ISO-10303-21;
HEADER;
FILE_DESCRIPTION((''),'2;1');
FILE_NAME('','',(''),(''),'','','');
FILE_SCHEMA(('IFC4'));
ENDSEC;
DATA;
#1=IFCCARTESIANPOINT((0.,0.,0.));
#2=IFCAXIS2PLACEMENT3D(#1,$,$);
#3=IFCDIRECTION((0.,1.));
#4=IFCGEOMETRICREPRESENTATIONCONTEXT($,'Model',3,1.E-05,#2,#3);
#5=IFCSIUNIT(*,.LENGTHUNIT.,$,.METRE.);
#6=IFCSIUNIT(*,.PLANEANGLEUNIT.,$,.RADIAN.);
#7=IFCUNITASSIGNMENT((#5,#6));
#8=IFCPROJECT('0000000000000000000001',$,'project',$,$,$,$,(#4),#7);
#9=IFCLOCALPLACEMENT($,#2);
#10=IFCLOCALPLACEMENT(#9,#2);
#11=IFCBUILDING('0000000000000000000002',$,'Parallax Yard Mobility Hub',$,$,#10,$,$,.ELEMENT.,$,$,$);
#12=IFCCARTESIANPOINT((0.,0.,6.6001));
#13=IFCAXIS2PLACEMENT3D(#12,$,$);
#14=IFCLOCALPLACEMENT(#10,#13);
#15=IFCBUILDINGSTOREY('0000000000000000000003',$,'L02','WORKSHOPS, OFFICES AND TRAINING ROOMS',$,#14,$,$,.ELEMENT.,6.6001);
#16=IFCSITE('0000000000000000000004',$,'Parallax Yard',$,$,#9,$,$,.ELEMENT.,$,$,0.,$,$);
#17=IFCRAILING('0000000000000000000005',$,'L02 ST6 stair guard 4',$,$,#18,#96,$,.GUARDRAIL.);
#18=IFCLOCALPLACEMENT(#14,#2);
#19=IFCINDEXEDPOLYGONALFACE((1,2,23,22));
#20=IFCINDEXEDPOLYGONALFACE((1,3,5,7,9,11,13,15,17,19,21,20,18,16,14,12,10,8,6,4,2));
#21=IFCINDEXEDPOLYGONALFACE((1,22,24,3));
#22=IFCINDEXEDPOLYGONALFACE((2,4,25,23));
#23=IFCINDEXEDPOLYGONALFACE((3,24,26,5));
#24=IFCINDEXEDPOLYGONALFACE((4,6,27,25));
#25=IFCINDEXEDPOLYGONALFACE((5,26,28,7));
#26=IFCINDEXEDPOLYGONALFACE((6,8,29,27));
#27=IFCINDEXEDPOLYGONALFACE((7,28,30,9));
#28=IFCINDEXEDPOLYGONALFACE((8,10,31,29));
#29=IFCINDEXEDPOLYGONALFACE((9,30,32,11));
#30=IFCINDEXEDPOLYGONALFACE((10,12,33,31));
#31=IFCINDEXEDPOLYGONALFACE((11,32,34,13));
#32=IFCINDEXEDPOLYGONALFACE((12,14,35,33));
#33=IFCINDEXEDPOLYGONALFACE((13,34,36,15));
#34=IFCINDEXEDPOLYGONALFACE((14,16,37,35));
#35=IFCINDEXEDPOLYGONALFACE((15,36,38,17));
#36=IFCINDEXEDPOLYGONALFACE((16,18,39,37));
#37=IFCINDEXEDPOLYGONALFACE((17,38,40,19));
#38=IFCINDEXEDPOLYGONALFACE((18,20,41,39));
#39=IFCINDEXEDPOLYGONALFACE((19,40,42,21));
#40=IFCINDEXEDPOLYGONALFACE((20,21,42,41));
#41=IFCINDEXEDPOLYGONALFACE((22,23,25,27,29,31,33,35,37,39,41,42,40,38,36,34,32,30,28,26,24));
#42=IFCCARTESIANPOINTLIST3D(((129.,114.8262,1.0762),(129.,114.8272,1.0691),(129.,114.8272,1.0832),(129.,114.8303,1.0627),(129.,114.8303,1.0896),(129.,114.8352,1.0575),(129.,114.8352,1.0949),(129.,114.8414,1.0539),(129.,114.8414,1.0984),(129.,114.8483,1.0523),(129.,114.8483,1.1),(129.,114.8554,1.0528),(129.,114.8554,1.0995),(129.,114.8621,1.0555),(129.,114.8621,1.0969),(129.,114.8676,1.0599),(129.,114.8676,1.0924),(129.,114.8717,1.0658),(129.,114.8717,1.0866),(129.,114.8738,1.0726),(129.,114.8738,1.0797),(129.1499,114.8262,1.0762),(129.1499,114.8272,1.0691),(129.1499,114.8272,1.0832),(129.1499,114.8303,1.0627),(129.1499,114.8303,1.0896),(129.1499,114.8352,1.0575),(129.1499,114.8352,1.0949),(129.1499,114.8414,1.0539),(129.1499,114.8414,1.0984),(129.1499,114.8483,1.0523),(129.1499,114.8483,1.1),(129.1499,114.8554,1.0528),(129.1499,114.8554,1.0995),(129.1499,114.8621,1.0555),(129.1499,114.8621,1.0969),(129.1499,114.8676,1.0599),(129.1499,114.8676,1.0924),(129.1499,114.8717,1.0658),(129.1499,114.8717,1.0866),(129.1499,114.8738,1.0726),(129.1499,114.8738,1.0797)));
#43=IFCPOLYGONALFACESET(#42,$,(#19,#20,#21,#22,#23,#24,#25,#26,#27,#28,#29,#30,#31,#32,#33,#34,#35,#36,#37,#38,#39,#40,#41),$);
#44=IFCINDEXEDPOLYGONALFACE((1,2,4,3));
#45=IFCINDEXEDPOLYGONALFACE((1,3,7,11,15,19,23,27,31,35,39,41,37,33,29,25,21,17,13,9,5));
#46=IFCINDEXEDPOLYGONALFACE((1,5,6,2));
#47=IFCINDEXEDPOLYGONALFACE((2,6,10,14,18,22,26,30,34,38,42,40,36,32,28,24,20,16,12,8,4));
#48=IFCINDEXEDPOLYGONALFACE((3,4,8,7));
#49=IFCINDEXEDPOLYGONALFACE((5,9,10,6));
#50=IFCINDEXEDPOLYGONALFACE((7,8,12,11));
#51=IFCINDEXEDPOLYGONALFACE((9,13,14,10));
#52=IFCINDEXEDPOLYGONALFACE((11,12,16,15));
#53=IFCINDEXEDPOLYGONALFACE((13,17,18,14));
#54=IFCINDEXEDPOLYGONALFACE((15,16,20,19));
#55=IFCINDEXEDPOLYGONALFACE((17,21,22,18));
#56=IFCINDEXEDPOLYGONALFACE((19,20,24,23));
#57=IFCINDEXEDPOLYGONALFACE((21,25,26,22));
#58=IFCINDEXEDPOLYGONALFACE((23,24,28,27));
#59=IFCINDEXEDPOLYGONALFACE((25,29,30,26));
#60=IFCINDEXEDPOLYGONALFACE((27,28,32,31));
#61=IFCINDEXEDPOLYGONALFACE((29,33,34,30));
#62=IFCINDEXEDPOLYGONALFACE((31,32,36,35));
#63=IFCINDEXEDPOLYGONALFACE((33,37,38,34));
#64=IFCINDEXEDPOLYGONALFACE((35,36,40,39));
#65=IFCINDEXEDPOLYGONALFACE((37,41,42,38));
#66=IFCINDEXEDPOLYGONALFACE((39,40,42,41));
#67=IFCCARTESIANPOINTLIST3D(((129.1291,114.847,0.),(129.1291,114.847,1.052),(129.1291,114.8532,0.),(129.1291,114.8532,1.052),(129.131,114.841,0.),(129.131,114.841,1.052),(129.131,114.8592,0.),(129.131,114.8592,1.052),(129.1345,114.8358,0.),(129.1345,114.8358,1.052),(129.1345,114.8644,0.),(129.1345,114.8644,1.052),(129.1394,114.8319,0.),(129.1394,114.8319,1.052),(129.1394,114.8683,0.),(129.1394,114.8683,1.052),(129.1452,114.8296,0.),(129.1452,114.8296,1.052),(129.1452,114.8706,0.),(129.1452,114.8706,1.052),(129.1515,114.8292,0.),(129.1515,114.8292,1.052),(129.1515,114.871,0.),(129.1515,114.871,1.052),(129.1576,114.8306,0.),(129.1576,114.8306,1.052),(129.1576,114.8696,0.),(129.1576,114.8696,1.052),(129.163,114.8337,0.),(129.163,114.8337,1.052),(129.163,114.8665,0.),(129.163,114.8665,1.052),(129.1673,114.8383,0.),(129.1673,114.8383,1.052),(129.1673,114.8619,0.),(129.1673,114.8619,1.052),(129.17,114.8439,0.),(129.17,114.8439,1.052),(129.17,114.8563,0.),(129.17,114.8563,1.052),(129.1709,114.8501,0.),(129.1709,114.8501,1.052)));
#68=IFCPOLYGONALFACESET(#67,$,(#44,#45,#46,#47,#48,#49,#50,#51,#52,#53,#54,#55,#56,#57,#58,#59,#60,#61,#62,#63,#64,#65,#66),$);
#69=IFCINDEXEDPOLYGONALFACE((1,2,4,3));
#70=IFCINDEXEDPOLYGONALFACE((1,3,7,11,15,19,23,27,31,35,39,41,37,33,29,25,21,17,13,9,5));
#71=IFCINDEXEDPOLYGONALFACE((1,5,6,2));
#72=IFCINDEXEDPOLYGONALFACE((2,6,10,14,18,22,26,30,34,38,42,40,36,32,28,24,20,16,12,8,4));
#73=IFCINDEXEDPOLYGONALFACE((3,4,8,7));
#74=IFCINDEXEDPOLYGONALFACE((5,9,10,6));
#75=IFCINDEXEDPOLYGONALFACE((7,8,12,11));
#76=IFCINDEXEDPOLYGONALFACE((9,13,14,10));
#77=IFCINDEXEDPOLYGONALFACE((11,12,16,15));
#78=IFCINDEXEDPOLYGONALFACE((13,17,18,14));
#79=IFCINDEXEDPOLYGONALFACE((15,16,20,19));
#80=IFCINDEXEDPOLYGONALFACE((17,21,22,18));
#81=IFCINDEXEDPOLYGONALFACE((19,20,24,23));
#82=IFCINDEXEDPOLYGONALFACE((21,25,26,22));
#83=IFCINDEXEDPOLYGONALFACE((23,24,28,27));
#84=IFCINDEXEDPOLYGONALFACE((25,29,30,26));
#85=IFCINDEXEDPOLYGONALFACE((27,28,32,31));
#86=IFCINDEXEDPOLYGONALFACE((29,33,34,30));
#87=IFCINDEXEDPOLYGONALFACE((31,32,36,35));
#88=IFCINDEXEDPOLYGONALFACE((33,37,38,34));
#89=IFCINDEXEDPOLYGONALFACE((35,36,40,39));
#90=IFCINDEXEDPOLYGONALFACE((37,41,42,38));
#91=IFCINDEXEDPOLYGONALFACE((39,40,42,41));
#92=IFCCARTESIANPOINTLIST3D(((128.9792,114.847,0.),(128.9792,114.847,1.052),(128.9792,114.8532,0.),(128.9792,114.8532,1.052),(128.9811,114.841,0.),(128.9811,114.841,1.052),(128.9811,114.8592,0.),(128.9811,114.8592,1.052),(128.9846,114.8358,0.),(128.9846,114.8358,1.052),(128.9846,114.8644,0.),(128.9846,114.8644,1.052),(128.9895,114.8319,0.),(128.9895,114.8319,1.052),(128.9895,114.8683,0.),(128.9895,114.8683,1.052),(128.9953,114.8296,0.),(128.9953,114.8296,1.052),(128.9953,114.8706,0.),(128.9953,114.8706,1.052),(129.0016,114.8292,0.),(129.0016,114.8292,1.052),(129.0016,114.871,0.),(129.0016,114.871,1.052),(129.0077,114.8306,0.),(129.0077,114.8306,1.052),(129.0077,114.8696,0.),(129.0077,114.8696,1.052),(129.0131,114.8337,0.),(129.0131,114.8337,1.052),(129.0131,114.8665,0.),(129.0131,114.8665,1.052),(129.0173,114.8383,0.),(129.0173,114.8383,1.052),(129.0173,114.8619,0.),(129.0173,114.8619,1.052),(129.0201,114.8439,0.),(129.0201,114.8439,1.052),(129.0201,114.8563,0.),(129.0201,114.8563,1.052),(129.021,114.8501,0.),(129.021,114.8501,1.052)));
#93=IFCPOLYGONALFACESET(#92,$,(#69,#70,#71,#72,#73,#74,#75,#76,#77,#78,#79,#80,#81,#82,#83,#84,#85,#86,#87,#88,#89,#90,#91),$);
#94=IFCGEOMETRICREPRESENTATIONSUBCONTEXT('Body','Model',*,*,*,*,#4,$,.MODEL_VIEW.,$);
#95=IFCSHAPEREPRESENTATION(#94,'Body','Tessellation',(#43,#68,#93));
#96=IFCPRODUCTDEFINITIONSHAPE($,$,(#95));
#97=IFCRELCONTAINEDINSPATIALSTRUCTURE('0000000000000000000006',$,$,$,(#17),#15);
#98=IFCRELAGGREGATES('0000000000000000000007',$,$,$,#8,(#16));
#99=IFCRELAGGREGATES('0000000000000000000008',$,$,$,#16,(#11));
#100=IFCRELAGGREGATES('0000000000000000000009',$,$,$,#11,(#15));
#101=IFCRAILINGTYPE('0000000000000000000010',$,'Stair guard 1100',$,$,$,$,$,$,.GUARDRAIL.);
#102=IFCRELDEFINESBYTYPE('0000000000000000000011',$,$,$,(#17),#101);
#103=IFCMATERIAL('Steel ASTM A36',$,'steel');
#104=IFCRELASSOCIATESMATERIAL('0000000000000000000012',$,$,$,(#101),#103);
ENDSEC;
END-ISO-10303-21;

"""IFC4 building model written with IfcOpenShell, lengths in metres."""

from ifc_helpers import new_model, si_unit, direction, frame, origin, origin_2d, place, context, subcontext, project, spatial, circle, extrude, material, type_object, element, save


model = new_model("IFC4")

# Units and contexts
model_context = context("Model", 3, precision=1e-05, world=origin(), true_north=direction((0.0, 1.0)))
body_context = subcontext(model_context, "Body", "Model", "MODEL_VIEW")
ifc_project = project(units=[si_unit("LENGTHUNIT", "METRE"), si_unit("PLANEANGLEUNIT", "RADIAN")], contexts=[model_context])

# Site, building, storey
site_placement = place(None, origin())
site = spatial("IfcSite", under=ifc_project, at=site_placement, Name="Parallax Yard", CompositionType="ELEMENT", RefElevation=0.0)
building_placement = place(site_placement, origin())
building = spatial("IfcBuilding", under=site, at=building_placement, Name="Parallax Yard Mobility Hub", CompositionType="ELEMENT")
storey_placement = place(building_placement, frame((0.0, 0.0, 6.6001)))
storey = spatial("IfcBuildingStorey", under=building, at=storey_placement, Name="L02", Description="WORKSHOPS, OFFICES AND TRAINING ROOMS", CompositionType="ELEMENT", Elevation=6.6001)

# Railing
ifc_material_1 = material(Name="Steel ASTM A36", Category="steel")
railing_type_1 = type_object("IfcRailingType", Name="Stair guard 1100", PredefinedType="GUARDRAIL", material=ifc_material_1)
railing_1_placement = place(storey_placement, frame((129.1499, 114.8501, 0.0)))
element("IfcRailing", 1, at=railing_1_placement, inside=storey, type_object=railing_type_1, Name="L02 ST6 stair guard 4", PredefinedType="GUARDRAIL", context=body_context, shape_type="SweptSolid", body=[
    extrude(circle(Radius=0.0239, at=origin_2d()), frame((0.0, 0.0, 1.0762), z_axis=(-1.0, 0.0, 0.0), x_axis=(0.0, -1.0, 0.0)), (0.0, 0.0, 1.0), 0.1499),
    extrude(circle(Radius=0.021, at=origin_2d()), origin(), (0.0, 0.0, 1.0), 1.052),
    extrude(circle(Radius=0.021, at=origin_2d()), frame((-0.1499, 0.0, 0.0)), (0.0, 0.0, 1.0), 1.052),
])

save(model, "model.ifc")
